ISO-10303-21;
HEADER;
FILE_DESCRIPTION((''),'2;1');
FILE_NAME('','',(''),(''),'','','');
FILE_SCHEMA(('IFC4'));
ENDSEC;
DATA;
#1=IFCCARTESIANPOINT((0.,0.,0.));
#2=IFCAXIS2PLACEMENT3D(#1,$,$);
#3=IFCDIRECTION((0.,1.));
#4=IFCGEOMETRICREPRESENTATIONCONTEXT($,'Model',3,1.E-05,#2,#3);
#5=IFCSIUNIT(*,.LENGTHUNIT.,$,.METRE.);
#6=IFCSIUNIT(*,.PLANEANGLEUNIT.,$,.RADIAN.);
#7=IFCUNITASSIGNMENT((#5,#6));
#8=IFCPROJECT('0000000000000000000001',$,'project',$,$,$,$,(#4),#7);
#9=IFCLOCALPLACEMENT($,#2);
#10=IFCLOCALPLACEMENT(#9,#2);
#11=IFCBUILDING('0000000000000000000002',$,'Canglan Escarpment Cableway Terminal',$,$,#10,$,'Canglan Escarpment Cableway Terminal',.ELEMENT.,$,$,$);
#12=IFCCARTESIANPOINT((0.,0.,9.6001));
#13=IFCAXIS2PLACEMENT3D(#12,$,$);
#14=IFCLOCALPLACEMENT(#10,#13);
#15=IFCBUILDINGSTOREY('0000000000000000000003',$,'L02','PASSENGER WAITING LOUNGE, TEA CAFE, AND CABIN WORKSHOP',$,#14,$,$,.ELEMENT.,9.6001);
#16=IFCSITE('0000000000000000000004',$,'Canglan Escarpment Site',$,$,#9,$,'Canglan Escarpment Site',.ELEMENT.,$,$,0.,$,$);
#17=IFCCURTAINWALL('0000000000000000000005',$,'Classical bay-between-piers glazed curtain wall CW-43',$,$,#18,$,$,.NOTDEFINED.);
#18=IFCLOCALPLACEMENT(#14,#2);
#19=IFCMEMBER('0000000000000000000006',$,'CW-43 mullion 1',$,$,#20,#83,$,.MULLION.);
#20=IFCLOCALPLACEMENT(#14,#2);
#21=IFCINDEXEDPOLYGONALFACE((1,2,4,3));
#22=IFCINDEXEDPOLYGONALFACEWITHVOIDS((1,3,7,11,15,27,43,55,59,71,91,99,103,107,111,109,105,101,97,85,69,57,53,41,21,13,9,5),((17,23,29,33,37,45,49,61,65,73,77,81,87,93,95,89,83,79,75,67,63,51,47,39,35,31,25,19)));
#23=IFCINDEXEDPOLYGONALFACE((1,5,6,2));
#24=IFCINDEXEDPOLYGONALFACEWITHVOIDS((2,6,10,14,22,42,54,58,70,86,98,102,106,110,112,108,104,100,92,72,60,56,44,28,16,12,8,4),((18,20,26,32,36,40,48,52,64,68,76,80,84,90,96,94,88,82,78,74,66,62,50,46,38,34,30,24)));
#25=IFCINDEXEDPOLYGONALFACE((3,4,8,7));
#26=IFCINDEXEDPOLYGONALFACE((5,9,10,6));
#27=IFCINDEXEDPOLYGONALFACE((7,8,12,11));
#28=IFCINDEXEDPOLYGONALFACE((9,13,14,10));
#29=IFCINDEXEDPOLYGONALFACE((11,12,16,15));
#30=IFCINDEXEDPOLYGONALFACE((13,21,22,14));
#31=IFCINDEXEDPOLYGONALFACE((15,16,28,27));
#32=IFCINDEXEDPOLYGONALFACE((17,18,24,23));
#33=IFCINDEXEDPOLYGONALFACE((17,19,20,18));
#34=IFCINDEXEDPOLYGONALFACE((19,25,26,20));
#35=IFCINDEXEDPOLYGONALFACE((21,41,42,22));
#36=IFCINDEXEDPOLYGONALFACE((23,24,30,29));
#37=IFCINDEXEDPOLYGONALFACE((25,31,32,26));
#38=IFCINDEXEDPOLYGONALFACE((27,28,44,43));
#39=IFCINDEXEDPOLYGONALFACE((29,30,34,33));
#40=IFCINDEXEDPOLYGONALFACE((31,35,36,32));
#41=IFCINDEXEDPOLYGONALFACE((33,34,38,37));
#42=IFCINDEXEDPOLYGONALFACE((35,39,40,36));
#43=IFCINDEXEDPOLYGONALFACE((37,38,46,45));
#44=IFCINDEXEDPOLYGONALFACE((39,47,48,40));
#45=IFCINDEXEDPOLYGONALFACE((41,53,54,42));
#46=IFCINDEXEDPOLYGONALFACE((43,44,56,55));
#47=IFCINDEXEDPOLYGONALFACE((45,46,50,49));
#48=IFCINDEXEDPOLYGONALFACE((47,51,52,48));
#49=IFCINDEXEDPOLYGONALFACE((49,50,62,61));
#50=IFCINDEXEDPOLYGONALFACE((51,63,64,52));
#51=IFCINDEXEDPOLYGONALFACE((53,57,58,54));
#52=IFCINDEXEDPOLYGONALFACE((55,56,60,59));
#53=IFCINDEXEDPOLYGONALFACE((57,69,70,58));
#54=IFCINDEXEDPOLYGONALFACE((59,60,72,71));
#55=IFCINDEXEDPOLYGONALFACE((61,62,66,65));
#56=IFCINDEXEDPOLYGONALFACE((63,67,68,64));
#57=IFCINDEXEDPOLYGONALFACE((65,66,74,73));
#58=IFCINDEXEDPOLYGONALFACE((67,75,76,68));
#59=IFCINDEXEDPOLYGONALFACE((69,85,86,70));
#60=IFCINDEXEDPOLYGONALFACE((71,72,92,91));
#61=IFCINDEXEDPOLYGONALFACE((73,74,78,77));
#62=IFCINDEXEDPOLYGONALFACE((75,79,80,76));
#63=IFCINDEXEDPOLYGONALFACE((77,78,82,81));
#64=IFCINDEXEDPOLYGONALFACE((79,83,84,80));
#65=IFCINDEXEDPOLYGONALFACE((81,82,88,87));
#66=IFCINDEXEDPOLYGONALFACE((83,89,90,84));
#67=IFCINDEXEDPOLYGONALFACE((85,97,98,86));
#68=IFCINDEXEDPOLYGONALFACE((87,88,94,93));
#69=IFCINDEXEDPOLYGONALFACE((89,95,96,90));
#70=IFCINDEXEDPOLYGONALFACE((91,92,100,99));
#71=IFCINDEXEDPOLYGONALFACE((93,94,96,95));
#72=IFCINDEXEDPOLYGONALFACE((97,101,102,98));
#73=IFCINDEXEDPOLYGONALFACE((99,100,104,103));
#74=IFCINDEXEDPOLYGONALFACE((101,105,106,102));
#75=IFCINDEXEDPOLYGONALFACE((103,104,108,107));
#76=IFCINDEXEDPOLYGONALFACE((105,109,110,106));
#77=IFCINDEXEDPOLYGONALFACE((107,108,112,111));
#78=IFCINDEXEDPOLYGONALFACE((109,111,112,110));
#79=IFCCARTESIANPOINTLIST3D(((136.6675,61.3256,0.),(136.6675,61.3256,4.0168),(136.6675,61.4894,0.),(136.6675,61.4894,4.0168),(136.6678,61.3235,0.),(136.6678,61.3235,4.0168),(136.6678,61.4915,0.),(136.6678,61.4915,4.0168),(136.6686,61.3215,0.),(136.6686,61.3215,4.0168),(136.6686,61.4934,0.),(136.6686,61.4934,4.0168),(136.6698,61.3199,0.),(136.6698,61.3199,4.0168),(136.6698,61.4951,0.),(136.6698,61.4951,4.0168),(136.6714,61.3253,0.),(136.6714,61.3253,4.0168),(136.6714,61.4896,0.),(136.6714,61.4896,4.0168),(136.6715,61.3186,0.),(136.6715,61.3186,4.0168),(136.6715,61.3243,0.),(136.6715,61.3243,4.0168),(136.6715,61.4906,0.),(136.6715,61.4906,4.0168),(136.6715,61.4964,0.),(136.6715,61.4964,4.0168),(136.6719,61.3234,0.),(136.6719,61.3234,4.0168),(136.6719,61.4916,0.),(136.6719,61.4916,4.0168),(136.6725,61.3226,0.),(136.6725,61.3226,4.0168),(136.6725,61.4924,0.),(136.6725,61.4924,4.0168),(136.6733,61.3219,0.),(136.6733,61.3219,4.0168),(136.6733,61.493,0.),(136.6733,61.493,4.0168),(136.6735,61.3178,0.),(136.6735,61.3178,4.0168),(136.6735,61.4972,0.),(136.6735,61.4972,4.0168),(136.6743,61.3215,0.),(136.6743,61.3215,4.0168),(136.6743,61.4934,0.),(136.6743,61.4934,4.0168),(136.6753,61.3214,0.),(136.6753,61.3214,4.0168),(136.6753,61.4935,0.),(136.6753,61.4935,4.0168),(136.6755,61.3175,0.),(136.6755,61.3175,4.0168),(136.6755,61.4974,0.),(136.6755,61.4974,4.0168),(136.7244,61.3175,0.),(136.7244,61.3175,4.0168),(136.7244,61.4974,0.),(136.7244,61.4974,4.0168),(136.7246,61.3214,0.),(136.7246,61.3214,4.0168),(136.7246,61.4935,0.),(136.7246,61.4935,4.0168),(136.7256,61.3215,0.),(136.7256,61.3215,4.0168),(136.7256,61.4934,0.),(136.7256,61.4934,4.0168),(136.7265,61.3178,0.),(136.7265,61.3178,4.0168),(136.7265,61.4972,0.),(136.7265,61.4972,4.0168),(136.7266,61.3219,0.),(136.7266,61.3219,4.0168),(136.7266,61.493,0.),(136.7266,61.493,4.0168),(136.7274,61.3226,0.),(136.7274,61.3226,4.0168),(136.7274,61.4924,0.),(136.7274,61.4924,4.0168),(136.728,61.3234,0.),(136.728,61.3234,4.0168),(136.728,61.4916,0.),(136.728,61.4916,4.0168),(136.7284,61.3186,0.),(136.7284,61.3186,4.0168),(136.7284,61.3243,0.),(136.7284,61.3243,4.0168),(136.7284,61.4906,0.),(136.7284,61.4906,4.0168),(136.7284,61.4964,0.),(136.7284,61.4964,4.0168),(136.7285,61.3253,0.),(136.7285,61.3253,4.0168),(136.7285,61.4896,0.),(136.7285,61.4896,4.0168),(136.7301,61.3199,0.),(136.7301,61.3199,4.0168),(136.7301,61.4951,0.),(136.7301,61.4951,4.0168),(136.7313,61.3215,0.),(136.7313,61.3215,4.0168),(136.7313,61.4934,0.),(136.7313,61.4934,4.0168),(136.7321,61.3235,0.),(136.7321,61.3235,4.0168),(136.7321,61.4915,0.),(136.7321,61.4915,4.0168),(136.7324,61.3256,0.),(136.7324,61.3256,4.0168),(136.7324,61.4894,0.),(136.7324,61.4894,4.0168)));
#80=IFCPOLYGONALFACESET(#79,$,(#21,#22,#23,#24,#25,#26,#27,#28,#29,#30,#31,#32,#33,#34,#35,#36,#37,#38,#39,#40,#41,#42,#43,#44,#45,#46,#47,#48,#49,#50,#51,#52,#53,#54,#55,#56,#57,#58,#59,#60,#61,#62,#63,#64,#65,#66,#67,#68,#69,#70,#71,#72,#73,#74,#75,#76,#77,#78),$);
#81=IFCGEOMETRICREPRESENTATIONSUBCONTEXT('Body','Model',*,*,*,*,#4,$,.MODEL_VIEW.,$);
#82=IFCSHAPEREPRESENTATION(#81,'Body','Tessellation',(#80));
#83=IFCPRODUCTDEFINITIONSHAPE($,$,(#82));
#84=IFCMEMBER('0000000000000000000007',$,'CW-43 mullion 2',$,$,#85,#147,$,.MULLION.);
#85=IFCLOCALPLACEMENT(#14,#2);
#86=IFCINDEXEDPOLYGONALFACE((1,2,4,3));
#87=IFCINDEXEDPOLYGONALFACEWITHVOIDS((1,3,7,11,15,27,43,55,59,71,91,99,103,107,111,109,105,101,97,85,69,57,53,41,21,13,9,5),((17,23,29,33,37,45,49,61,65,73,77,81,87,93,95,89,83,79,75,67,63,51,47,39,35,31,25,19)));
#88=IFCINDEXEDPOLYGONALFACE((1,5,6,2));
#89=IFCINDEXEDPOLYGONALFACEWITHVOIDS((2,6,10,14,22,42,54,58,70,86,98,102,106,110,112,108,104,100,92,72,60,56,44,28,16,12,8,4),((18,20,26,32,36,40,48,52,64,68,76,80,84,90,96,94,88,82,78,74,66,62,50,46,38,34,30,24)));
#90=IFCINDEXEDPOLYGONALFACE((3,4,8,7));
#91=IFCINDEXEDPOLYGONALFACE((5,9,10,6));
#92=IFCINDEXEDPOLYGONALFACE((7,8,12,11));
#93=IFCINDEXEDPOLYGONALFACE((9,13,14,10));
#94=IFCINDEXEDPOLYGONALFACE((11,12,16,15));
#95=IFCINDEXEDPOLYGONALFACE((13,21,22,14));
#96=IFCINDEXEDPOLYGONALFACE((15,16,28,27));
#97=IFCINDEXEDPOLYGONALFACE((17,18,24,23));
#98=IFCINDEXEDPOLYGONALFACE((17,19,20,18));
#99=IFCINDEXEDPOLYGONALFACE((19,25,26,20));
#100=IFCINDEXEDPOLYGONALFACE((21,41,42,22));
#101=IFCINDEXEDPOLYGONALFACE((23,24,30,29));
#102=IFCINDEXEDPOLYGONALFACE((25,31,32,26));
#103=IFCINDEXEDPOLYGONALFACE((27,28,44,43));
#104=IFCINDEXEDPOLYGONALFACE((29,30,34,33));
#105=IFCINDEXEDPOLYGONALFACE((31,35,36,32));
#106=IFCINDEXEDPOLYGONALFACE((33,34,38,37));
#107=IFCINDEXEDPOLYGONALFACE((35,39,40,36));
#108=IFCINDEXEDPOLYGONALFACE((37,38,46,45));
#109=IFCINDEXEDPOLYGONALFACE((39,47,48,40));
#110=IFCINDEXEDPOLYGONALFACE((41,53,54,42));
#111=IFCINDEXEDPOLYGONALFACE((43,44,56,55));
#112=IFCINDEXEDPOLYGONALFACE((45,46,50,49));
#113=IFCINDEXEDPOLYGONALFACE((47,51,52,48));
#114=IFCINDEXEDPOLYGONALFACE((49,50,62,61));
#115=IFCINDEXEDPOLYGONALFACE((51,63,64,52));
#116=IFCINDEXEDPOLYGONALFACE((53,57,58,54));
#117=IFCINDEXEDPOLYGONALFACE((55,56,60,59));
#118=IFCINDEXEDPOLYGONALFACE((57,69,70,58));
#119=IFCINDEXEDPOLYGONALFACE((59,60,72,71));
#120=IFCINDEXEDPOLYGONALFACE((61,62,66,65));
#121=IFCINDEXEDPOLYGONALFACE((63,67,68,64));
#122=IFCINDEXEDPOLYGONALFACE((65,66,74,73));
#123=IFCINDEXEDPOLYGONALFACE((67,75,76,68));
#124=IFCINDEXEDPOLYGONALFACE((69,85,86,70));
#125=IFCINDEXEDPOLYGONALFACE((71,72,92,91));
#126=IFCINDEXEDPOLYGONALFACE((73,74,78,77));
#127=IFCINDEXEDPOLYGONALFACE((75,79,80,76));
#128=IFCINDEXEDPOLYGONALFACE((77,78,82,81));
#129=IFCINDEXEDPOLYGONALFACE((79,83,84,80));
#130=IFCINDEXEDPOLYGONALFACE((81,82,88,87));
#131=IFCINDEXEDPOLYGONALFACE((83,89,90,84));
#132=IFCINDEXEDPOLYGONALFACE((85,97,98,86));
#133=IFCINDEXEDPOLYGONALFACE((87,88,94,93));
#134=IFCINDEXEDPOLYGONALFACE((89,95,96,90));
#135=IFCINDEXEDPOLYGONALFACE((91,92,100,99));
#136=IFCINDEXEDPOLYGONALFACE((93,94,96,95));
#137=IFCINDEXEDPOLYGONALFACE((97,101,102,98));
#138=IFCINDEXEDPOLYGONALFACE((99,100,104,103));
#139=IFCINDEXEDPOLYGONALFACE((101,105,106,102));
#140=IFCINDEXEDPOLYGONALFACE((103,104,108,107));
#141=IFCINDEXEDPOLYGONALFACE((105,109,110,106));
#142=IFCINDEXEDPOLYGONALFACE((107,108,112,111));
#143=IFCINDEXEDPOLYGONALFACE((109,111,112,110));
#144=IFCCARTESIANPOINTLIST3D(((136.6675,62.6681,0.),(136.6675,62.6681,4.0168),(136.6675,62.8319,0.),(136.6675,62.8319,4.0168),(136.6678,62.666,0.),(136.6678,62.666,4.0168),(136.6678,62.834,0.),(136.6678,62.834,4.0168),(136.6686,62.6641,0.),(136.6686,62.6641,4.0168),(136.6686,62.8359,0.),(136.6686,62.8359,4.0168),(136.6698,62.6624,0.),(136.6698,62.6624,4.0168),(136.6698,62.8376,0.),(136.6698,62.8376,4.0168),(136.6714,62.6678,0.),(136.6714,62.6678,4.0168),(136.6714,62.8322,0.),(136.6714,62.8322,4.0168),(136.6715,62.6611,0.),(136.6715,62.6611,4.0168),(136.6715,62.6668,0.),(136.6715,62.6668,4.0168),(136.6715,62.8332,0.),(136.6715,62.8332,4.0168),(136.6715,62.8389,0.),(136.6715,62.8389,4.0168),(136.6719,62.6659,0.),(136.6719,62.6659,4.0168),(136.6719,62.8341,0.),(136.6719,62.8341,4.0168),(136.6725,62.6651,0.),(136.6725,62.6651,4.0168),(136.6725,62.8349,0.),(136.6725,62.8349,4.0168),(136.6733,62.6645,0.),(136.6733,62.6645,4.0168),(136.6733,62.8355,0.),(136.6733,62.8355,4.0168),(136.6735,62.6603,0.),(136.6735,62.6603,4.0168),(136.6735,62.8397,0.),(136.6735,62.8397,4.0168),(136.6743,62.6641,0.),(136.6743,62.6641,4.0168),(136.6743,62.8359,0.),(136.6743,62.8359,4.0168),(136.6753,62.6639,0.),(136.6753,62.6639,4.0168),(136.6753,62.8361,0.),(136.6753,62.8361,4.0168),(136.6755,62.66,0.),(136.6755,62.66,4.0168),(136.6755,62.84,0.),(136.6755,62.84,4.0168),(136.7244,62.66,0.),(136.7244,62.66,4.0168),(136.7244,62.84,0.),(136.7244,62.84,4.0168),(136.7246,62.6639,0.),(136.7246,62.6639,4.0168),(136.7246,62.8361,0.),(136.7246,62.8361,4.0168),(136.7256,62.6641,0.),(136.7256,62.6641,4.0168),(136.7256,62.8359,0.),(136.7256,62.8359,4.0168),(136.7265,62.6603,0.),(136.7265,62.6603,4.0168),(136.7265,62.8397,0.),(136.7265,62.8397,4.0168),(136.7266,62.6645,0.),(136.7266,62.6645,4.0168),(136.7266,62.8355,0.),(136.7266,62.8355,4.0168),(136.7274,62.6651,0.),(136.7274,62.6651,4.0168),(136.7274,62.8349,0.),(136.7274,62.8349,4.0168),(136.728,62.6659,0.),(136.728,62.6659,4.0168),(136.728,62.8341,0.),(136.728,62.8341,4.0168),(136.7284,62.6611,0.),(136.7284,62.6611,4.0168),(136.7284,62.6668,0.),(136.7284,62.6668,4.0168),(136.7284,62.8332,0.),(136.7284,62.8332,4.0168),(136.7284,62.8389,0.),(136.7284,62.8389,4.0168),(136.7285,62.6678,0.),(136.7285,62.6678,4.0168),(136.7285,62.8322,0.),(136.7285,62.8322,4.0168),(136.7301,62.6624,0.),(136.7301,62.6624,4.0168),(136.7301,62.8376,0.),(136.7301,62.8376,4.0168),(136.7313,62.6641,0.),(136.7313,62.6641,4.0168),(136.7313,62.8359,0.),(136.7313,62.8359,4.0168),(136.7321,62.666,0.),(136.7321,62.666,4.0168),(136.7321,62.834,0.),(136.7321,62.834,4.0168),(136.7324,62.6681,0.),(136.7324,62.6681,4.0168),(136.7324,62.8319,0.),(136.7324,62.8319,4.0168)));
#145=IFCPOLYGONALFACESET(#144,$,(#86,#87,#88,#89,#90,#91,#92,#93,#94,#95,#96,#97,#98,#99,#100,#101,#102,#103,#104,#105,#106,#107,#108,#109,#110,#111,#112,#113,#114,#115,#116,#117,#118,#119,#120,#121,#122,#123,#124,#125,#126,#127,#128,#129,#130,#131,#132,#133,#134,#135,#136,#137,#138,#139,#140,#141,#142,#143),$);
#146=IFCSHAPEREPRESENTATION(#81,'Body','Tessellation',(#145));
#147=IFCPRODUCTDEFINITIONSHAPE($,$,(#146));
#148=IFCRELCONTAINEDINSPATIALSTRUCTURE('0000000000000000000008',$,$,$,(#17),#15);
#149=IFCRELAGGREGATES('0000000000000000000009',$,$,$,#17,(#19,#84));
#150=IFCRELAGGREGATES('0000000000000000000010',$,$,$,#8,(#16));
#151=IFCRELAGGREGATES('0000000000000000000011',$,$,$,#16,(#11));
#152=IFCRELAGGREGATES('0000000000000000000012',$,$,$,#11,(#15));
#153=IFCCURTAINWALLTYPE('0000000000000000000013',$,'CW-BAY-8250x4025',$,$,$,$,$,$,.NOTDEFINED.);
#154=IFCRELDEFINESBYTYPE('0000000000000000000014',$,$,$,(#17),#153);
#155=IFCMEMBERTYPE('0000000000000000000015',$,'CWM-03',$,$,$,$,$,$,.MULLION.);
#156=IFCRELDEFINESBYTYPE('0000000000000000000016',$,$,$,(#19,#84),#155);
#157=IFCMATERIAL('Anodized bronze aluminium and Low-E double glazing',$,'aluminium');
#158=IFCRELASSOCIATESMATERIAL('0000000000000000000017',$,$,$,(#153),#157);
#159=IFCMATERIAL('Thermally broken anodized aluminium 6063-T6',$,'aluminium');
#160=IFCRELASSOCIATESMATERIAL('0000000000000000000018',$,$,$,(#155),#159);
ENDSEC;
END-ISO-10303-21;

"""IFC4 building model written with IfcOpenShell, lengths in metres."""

from ifc_helpers import new_model, si_unit, direction, frame, origin, origin_2d, place, context, subcontext, project, spatial, hollow_rectangle, extrude, material, material_profile, profile_set, type_object, element, aggregate, save


model = new_model("IFC4")

# Units and contexts
model_context = context("Model", 3, precision=1e-05, world=origin(), true_north=direction((0.0, 1.0)))
body_context = subcontext(model_context, "Body", "Model", "MODEL_VIEW")
ifc_project = project(units=[si_unit("LENGTHUNIT", "METRE"), si_unit("PLANEANGLEUNIT", "RADIAN")], contexts=[model_context])

# Site, building, storey
site_placement = place(None, origin())
site = spatial("IfcSite", under=ifc_project, at=site_placement, Name="Canglan Escarpment Site", LongName="Canglan Escarpment Site", CompositionType="ELEMENT", RefElevation=0.0)
building_placement = place(site_placement, origin())
building = spatial("IfcBuilding", under=site, at=building_placement, Name="Canglan Escarpment Cableway Terminal", LongName="Canglan Escarpment Cableway Terminal", CompositionType="ELEMENT")
storey_placement = place(building_placement, frame((0.0, 0.0, 9.6001)))
storey = spatial("IfcBuildingStorey", under=building, at=storey_placement, Name="L02", Description="PASSENGER WAITING LOUNGE, TEA CAFE, AND CABIN WORKSHOP", CompositionType="ELEMENT", Elevation=9.6001)

# Curtain wall, members
ifc_material_1 = material(Name="Anodized bronze aluminium and Low-E double glazing", Category="aluminium")
curtain_wall_type = type_object("IfcCurtainWallType", Name="CW-BAY-8250x4025", PredefinedType="NOTDEFINED", material=ifc_material_1)
ifc_material_2 = material(Name="Thermally broken anodized aluminium 6063-T6", Category="aluminium")
curtain_wall_1_placement = place(storey_placement, origin())
curtain_wall_1 = element("IfcCurtainWall", 1, at=curtain_wall_1_placement, inside=storey, type_object=curtain_wall_type, Name="Classical bay-between-piers glazed curtain wall CW-43", PredefinedType="NOTDEFINED")
ifc_material_profile_1 = material_profile(ifc_material_2, hollow_rectangle(XDim=0.0649, YDim=0.1799, WallThickness=0.0039, InnerFilletRadius=0.0039, OuterFilletRadius=0.0081, at=origin_2d()), Name="ALU-MULL 65x180x4")
ifc_profile_set_1 = profile_set([ifc_material_profile_1], Name="Thermally broken anodized aluminium 6063-T6")
member_type_1 = type_object("IfcMemberType", Name="CWM-03", PredefinedType="MULLION", material=ifc_profile_set_1)
member_1_placement = place(storey_placement, frame((136.7, 61.4075, 0.0), z_axis=(0.0, 0.0, 1.0), x_axis=(-1.0, 0.0, 0.0)))
member_1 = element("IfcMember", 2, at=member_1_placement, type_object=member_type_1, Name="CW-43 mullion 1", PredefinedType="MULLION", context=body_context, shape_type="SweptSolid", body=[
    extrude(hollow_rectangle(XDim=0.0649, YDim=0.1799, WallThickness=0.0039, InnerFilletRadius=0.0039, OuterFilletRadius=0.0081, at=origin_2d()), origin(), (0.0, 0.0, 1.0), 4.0168),
])
member_2_placement = place(storey_placement, frame((136.7, 62.75, 0.0), z_axis=(0.0, 0.0, 1.0), x_axis=(-1.0, 0.0, 0.0)))
member_2 = element("IfcMember", 3, at=member_2_placement, type_object=member_type_1, Name="CW-43 mullion 2", PredefinedType="MULLION", context=body_context, shape_type="SweptSolid", body=[
    extrude(hollow_rectangle(XDim=0.0649, YDim=0.1799, WallThickness=0.0039, InnerFilletRadius=0.0039, OuterFilletRadius=0.0081, at=origin_2d()), origin(), (0.0, 0.0, 1.0), 4.0168),
])

aggregate(curtain_wall_1, [member_1, member_2])

save(model, "model.ifc")
